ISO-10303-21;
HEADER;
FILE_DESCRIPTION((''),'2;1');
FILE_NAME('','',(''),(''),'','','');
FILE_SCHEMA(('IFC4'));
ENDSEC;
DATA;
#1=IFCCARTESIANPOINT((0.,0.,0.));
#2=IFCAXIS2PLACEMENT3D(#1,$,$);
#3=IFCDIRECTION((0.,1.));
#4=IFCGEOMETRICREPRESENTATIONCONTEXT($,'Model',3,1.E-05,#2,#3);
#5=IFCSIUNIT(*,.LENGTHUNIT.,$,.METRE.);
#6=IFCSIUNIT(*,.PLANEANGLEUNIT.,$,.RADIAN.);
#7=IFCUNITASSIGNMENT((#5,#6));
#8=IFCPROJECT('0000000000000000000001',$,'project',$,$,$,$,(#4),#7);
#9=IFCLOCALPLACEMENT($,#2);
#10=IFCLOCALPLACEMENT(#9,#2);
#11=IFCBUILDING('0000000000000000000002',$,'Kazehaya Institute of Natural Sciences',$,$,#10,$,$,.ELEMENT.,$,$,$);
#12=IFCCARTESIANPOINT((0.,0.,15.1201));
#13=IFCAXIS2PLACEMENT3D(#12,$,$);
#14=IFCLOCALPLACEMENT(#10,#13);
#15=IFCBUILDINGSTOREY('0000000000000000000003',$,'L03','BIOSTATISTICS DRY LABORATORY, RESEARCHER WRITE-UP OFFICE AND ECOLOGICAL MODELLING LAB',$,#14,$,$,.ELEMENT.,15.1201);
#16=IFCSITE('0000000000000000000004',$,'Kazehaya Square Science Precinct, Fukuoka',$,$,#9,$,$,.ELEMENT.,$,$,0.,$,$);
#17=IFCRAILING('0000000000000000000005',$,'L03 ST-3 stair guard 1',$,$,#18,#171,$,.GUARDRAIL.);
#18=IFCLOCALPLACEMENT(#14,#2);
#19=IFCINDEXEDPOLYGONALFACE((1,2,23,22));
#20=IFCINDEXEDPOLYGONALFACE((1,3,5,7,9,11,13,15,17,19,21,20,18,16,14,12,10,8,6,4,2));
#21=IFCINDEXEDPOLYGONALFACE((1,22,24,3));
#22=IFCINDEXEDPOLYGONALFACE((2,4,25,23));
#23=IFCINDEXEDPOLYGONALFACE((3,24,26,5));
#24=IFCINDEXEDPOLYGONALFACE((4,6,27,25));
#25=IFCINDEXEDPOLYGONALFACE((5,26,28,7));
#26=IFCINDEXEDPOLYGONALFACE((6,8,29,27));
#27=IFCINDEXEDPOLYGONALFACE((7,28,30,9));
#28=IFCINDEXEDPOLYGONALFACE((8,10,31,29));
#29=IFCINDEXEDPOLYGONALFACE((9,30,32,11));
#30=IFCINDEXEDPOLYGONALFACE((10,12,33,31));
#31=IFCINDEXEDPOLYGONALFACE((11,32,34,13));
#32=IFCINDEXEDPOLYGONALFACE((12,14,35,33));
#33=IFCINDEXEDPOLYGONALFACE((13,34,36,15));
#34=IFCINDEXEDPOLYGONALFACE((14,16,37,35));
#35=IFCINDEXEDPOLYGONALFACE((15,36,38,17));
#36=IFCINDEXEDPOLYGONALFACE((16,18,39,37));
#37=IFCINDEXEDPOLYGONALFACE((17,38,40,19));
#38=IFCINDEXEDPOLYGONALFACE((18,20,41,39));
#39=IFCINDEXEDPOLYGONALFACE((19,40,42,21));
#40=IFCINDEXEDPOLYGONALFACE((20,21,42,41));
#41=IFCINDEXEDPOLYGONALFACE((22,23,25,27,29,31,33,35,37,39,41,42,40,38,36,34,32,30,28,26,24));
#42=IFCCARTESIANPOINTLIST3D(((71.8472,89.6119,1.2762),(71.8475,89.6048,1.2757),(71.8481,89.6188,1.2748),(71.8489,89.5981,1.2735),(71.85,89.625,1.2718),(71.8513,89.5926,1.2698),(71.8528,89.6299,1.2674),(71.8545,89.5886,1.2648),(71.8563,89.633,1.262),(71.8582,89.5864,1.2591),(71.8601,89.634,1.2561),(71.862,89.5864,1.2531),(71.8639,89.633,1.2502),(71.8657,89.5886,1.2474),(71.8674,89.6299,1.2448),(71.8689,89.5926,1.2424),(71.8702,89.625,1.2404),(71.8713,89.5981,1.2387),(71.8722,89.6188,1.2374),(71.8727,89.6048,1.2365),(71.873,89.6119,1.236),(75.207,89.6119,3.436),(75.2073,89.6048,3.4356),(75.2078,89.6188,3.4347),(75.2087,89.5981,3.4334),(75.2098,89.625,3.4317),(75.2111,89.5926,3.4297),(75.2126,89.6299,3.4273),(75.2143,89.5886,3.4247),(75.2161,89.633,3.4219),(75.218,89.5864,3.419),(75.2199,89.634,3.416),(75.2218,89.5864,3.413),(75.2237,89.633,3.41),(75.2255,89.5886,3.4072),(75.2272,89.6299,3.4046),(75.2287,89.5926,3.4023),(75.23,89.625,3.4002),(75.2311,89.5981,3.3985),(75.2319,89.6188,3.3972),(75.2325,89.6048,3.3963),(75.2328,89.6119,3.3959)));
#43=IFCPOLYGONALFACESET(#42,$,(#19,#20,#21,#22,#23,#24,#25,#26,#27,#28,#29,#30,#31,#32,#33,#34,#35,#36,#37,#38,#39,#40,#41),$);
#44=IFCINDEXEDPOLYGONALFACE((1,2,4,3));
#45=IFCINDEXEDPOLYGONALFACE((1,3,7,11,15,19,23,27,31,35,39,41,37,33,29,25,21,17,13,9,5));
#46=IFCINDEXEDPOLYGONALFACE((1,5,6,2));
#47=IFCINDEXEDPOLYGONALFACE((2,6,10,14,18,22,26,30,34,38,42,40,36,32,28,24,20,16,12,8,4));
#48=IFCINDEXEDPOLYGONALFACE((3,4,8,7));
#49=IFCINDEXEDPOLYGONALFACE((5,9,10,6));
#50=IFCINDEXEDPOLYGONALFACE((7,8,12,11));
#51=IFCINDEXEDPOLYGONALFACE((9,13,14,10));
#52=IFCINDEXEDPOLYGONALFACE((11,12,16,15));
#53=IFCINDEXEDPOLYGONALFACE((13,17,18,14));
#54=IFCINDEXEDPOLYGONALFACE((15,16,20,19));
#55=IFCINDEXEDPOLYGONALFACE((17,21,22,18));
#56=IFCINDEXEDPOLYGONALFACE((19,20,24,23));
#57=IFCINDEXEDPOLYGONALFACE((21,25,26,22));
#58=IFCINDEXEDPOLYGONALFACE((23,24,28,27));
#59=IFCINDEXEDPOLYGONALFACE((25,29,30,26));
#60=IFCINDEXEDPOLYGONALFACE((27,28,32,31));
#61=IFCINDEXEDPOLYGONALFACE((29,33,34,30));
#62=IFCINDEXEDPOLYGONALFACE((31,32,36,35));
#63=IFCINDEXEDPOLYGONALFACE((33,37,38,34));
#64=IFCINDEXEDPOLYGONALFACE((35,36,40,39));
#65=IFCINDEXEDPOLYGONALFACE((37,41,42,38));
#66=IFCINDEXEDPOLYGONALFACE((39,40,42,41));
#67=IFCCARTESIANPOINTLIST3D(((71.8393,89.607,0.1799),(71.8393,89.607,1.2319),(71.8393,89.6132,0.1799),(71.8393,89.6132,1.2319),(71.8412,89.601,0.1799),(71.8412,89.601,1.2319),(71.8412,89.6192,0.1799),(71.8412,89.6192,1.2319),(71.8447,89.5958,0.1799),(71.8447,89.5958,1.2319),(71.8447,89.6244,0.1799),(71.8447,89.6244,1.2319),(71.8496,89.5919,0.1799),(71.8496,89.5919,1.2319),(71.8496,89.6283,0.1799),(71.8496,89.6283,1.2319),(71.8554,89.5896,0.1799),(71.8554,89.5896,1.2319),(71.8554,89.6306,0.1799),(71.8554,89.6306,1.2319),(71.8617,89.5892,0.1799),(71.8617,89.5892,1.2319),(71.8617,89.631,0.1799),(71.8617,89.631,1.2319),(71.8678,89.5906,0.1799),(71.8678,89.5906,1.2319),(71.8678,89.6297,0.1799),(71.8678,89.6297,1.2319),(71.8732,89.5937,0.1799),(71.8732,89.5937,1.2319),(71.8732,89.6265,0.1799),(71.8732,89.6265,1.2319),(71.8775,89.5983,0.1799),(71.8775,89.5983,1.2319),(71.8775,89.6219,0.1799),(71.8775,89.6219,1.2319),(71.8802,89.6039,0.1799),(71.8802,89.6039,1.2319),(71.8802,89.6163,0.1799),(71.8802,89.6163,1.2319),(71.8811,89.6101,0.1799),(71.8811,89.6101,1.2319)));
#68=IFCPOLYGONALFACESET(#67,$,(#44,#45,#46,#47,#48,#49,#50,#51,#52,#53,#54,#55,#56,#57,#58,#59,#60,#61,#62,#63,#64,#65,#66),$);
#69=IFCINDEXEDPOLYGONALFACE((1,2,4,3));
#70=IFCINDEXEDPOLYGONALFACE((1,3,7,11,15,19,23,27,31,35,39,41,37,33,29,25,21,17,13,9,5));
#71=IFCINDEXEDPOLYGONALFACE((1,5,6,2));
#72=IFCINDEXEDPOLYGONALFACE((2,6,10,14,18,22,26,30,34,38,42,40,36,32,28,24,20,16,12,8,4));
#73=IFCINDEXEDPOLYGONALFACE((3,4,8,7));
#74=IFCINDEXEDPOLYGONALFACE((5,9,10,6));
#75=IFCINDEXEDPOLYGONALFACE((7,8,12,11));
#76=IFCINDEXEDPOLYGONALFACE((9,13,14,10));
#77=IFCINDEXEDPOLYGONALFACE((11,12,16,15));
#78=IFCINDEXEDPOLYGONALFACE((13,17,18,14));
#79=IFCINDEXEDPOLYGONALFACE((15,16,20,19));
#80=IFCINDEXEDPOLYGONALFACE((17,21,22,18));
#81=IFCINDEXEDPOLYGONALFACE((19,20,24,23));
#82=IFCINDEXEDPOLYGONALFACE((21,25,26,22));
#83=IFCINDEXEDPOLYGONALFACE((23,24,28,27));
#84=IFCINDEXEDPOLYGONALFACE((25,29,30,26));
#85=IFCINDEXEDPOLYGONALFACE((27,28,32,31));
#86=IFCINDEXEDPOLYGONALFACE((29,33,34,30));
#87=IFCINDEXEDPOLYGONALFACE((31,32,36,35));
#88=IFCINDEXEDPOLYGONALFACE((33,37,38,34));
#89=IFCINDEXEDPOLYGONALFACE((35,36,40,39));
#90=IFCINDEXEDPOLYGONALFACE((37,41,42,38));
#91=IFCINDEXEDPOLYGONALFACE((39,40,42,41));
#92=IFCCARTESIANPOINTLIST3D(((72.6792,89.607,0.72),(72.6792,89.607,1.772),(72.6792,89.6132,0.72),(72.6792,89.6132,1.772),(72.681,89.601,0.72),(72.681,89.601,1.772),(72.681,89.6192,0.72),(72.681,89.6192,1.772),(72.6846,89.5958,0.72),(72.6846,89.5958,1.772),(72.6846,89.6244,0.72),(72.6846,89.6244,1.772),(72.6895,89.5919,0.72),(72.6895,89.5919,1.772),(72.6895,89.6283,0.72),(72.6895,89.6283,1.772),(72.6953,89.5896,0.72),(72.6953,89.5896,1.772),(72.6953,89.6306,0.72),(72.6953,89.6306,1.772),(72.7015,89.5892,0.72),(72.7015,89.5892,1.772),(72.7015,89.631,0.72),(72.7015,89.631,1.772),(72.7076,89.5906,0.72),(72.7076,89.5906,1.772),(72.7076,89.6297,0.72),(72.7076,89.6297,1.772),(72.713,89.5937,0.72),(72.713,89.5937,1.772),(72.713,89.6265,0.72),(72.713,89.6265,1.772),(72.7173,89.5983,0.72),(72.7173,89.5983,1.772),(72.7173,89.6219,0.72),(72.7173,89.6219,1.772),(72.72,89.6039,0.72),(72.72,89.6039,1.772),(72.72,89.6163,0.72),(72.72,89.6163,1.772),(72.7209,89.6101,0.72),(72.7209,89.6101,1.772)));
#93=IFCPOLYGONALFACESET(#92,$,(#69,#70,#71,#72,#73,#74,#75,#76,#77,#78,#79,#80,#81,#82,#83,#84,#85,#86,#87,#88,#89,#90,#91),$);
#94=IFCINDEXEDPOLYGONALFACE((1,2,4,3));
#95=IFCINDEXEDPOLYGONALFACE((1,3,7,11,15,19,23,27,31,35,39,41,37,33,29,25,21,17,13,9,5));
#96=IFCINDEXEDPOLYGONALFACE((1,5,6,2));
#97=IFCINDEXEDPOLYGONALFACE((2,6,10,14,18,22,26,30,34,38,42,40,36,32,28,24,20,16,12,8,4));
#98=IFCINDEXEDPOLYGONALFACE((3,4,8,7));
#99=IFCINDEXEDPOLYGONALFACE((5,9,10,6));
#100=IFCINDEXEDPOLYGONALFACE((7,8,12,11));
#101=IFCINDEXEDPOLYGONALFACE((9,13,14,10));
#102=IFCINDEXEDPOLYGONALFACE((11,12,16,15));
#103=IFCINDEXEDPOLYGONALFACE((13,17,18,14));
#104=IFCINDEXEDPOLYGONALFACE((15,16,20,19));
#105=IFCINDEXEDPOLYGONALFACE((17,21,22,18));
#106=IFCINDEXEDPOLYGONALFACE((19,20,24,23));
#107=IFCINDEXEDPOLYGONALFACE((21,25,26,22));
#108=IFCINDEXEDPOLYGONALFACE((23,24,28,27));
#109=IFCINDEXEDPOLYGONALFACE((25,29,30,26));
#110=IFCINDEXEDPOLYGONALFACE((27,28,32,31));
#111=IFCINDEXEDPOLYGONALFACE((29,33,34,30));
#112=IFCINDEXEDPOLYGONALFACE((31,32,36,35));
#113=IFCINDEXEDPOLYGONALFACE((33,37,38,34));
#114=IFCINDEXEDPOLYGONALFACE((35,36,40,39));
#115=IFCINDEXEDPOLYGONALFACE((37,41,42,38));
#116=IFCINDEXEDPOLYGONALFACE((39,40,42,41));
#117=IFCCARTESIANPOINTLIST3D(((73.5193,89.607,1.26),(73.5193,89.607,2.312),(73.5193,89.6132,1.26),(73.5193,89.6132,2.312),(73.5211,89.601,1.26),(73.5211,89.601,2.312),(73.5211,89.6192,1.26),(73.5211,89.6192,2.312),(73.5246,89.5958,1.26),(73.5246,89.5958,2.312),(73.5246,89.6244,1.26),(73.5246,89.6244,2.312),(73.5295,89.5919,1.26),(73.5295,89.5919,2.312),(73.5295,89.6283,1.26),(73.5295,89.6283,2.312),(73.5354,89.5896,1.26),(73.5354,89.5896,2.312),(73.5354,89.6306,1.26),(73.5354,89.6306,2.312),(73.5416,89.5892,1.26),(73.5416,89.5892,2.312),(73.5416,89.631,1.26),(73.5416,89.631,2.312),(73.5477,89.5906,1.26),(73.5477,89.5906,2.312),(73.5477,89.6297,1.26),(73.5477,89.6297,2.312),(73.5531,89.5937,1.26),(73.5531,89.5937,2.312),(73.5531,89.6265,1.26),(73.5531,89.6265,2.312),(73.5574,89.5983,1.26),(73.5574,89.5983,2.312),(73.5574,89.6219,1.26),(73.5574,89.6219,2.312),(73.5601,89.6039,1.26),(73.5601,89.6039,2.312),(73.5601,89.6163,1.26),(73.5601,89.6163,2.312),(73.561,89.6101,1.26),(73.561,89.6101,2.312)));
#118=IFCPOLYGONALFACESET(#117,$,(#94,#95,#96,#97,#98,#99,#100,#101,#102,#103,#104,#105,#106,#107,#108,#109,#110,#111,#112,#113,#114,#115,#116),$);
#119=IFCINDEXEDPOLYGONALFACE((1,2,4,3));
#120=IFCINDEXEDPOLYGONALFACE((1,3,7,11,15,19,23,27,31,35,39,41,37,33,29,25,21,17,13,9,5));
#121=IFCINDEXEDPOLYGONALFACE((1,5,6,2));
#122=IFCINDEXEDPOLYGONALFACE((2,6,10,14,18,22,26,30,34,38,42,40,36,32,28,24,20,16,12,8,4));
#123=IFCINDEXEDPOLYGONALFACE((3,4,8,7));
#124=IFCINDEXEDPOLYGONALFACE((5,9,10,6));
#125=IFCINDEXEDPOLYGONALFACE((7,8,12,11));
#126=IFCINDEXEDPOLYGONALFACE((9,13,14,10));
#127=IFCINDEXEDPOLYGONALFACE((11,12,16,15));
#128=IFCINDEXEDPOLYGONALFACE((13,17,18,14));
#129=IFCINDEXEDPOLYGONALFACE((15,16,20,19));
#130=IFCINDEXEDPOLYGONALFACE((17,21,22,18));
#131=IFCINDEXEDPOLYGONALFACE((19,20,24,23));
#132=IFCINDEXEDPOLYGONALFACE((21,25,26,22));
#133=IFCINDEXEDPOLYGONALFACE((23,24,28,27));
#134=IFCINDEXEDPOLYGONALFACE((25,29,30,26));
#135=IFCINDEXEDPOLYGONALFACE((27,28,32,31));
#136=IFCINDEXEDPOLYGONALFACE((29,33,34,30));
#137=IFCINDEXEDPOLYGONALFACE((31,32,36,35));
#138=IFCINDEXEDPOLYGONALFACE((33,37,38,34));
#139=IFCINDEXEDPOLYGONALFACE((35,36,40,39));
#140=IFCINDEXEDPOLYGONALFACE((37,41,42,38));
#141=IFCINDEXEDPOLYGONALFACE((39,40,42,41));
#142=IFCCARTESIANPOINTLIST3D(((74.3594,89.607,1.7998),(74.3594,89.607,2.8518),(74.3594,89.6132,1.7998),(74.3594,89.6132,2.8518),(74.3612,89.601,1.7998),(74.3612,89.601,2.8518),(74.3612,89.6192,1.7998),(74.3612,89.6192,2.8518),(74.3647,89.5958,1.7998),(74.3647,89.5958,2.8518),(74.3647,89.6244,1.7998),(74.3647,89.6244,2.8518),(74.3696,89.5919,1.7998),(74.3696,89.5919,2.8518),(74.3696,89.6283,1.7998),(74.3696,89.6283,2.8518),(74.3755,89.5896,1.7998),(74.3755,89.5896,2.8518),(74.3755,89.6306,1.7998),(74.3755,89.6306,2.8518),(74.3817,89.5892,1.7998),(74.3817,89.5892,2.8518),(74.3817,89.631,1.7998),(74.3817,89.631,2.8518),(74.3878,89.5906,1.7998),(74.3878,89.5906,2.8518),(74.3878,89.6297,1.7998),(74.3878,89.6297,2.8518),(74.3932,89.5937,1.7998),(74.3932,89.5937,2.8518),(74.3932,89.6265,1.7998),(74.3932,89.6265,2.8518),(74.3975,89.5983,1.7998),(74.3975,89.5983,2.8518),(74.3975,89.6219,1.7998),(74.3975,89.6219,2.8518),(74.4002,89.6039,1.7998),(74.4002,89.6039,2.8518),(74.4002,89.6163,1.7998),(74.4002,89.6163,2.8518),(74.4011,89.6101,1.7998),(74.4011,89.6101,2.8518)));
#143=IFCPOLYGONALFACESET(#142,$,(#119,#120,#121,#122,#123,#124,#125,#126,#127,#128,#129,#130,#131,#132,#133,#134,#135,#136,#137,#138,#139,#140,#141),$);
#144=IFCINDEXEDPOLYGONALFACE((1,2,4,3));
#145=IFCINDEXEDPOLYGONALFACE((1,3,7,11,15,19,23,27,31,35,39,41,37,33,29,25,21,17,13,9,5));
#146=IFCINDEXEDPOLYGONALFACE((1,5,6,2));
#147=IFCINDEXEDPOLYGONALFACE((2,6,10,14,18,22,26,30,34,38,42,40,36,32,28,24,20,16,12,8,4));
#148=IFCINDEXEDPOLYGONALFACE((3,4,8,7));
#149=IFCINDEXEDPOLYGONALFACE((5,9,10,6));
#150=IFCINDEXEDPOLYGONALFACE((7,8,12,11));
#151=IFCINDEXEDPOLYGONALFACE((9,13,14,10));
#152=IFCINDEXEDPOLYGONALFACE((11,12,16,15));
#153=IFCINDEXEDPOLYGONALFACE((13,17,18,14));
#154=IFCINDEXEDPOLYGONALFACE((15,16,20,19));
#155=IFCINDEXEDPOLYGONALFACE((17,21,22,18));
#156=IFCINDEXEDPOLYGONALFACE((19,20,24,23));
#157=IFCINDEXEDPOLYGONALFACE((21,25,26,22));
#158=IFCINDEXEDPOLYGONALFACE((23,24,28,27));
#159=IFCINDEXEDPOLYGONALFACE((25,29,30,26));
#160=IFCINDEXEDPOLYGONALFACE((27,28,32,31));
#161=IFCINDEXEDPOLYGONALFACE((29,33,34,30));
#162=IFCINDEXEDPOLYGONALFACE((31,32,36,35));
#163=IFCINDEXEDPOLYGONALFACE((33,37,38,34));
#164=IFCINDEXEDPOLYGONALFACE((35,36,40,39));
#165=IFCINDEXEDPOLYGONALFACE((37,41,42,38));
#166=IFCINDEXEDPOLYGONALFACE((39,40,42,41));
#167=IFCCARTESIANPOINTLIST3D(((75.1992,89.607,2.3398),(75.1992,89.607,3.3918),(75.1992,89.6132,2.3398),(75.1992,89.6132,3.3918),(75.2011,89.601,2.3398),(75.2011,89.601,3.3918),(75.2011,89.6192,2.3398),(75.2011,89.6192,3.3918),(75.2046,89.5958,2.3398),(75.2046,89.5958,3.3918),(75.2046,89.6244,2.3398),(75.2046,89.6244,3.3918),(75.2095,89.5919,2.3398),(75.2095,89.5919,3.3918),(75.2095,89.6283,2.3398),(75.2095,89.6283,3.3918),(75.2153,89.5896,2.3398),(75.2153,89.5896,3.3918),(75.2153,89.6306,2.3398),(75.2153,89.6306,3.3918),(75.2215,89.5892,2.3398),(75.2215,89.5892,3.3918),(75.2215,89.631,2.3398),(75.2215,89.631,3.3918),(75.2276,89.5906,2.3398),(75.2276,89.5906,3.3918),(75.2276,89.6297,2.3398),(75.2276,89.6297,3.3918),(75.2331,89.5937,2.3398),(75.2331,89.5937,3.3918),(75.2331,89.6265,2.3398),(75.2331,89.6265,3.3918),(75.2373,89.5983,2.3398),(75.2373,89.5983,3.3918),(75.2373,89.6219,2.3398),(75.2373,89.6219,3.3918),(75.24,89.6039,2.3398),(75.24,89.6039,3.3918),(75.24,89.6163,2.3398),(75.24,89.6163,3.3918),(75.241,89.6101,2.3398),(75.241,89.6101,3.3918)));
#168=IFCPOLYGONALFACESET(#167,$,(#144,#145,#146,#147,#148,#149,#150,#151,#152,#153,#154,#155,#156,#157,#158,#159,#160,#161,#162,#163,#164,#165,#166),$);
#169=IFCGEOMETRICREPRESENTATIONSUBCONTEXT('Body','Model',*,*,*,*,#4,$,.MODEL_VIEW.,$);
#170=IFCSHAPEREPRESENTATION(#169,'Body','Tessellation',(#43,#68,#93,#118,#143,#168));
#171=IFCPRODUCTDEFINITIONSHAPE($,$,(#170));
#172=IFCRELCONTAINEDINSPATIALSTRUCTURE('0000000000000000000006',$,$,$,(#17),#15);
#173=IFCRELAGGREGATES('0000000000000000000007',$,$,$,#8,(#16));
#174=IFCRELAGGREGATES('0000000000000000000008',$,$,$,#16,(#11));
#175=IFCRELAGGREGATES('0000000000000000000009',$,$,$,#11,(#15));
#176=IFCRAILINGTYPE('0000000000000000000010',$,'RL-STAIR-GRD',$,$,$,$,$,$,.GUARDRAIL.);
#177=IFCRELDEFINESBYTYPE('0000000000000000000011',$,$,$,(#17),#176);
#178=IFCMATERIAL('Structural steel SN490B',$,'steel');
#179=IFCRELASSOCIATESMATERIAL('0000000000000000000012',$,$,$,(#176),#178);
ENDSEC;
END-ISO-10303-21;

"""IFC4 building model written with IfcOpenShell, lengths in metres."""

from ifc_helpers import new_model, si_unit, direction, frame, origin, origin_2d, place, context, subcontext, project, spatial, circle, extrude, material, type_object, element, save


model = new_model("IFC4")

# Units and contexts
model_context = context("Model", 3, precision=1e-05, world=origin(), true_north=direction((0.0, 1.0)))
body_context = subcontext(model_context, "Body", "Model", "MODEL_VIEW")
ifc_project = project(units=[si_unit("LENGTHUNIT", "METRE"), si_unit("PLANEANGLEUNIT", "RADIAN")], contexts=[model_context])

# Site, building, storey
site_placement = place(None, origin())
site = spatial("IfcSite", under=ifc_project, at=site_placement, Name="Kazehaya Square Science Precinct, Fukuoka", CompositionType="ELEMENT", RefElevation=0.0)
building_placement = place(site_placement, origin())
building = spatial("IfcBuilding", under=site, at=building_placement, Name="Kazehaya Institute of Natural Sciences", CompositionType="ELEMENT")
storey_placement = place(building_placement, frame((0.0, 0.0, 15.1201)))
storey = spatial("IfcBuildingStorey", under=building, at=storey_placement, Name="L03", Description="BIOSTATISTICS DRY LABORATORY, RESEARCHER WRITE-UP OFFICE AND ECOLOGICAL MODELLING LAB", CompositionType="ELEMENT", Elevation=15.1201)

# Railing
ifc_material_1 = material(Name="Structural steel SN490B", Category="steel")
railing_type_1 = type_object("IfcRailingType", Name="RL-STAIR-GRD", PredefinedType="GUARDRAIL", material=ifc_material_1)
railing_1_placement = place(storey_placement, frame((71.8601, 89.6101, 0.1799)))
element("IfcRailing", 1, at=railing_1_placement, inside=storey, type_object=railing_type_1, Name="L03 ST-3 stair guard 1", PredefinedType="GUARDRAIL", context=body_context, shape_type="SweptSolid", body=[
    extrude(circle(Radius=0.0239, at=origin_2d()), frame((0.0, 0.0, 1.0762), z_axis=(0.841178, 0.0, 0.540758), x_axis=(0.0, 1.0, 0.0)), (0.0, 0.0, 1.0), 3.9941),
    extrude(circle(Radius=0.021, at=origin_2d()), origin(), (0.0, 0.0, 1.0), 1.052),
    extrude(circle(Radius=0.021, at=origin_2d()), frame((0.8398, 0.0, 0.54)), (0.0, 0.0, 1.0), 1.052),
    extrude(circle(Radius=0.021, at=origin_2d()), frame((1.6799, 0.0, 1.0801)), (0.0, 0.0, 1.0), 1.052),
    extrude(circle(Radius=0.021, at=origin_2d()), frame((2.52, 0.0, 1.6199)), (0.0, 0.0, 1.0), 1.052),
    extrude(circle(Radius=0.021, at=origin_2d()), frame((3.3599, 0.0, 2.1599)), (0.0, 0.0, 1.0), 1.052),
])

save(model, "model.ifc")
